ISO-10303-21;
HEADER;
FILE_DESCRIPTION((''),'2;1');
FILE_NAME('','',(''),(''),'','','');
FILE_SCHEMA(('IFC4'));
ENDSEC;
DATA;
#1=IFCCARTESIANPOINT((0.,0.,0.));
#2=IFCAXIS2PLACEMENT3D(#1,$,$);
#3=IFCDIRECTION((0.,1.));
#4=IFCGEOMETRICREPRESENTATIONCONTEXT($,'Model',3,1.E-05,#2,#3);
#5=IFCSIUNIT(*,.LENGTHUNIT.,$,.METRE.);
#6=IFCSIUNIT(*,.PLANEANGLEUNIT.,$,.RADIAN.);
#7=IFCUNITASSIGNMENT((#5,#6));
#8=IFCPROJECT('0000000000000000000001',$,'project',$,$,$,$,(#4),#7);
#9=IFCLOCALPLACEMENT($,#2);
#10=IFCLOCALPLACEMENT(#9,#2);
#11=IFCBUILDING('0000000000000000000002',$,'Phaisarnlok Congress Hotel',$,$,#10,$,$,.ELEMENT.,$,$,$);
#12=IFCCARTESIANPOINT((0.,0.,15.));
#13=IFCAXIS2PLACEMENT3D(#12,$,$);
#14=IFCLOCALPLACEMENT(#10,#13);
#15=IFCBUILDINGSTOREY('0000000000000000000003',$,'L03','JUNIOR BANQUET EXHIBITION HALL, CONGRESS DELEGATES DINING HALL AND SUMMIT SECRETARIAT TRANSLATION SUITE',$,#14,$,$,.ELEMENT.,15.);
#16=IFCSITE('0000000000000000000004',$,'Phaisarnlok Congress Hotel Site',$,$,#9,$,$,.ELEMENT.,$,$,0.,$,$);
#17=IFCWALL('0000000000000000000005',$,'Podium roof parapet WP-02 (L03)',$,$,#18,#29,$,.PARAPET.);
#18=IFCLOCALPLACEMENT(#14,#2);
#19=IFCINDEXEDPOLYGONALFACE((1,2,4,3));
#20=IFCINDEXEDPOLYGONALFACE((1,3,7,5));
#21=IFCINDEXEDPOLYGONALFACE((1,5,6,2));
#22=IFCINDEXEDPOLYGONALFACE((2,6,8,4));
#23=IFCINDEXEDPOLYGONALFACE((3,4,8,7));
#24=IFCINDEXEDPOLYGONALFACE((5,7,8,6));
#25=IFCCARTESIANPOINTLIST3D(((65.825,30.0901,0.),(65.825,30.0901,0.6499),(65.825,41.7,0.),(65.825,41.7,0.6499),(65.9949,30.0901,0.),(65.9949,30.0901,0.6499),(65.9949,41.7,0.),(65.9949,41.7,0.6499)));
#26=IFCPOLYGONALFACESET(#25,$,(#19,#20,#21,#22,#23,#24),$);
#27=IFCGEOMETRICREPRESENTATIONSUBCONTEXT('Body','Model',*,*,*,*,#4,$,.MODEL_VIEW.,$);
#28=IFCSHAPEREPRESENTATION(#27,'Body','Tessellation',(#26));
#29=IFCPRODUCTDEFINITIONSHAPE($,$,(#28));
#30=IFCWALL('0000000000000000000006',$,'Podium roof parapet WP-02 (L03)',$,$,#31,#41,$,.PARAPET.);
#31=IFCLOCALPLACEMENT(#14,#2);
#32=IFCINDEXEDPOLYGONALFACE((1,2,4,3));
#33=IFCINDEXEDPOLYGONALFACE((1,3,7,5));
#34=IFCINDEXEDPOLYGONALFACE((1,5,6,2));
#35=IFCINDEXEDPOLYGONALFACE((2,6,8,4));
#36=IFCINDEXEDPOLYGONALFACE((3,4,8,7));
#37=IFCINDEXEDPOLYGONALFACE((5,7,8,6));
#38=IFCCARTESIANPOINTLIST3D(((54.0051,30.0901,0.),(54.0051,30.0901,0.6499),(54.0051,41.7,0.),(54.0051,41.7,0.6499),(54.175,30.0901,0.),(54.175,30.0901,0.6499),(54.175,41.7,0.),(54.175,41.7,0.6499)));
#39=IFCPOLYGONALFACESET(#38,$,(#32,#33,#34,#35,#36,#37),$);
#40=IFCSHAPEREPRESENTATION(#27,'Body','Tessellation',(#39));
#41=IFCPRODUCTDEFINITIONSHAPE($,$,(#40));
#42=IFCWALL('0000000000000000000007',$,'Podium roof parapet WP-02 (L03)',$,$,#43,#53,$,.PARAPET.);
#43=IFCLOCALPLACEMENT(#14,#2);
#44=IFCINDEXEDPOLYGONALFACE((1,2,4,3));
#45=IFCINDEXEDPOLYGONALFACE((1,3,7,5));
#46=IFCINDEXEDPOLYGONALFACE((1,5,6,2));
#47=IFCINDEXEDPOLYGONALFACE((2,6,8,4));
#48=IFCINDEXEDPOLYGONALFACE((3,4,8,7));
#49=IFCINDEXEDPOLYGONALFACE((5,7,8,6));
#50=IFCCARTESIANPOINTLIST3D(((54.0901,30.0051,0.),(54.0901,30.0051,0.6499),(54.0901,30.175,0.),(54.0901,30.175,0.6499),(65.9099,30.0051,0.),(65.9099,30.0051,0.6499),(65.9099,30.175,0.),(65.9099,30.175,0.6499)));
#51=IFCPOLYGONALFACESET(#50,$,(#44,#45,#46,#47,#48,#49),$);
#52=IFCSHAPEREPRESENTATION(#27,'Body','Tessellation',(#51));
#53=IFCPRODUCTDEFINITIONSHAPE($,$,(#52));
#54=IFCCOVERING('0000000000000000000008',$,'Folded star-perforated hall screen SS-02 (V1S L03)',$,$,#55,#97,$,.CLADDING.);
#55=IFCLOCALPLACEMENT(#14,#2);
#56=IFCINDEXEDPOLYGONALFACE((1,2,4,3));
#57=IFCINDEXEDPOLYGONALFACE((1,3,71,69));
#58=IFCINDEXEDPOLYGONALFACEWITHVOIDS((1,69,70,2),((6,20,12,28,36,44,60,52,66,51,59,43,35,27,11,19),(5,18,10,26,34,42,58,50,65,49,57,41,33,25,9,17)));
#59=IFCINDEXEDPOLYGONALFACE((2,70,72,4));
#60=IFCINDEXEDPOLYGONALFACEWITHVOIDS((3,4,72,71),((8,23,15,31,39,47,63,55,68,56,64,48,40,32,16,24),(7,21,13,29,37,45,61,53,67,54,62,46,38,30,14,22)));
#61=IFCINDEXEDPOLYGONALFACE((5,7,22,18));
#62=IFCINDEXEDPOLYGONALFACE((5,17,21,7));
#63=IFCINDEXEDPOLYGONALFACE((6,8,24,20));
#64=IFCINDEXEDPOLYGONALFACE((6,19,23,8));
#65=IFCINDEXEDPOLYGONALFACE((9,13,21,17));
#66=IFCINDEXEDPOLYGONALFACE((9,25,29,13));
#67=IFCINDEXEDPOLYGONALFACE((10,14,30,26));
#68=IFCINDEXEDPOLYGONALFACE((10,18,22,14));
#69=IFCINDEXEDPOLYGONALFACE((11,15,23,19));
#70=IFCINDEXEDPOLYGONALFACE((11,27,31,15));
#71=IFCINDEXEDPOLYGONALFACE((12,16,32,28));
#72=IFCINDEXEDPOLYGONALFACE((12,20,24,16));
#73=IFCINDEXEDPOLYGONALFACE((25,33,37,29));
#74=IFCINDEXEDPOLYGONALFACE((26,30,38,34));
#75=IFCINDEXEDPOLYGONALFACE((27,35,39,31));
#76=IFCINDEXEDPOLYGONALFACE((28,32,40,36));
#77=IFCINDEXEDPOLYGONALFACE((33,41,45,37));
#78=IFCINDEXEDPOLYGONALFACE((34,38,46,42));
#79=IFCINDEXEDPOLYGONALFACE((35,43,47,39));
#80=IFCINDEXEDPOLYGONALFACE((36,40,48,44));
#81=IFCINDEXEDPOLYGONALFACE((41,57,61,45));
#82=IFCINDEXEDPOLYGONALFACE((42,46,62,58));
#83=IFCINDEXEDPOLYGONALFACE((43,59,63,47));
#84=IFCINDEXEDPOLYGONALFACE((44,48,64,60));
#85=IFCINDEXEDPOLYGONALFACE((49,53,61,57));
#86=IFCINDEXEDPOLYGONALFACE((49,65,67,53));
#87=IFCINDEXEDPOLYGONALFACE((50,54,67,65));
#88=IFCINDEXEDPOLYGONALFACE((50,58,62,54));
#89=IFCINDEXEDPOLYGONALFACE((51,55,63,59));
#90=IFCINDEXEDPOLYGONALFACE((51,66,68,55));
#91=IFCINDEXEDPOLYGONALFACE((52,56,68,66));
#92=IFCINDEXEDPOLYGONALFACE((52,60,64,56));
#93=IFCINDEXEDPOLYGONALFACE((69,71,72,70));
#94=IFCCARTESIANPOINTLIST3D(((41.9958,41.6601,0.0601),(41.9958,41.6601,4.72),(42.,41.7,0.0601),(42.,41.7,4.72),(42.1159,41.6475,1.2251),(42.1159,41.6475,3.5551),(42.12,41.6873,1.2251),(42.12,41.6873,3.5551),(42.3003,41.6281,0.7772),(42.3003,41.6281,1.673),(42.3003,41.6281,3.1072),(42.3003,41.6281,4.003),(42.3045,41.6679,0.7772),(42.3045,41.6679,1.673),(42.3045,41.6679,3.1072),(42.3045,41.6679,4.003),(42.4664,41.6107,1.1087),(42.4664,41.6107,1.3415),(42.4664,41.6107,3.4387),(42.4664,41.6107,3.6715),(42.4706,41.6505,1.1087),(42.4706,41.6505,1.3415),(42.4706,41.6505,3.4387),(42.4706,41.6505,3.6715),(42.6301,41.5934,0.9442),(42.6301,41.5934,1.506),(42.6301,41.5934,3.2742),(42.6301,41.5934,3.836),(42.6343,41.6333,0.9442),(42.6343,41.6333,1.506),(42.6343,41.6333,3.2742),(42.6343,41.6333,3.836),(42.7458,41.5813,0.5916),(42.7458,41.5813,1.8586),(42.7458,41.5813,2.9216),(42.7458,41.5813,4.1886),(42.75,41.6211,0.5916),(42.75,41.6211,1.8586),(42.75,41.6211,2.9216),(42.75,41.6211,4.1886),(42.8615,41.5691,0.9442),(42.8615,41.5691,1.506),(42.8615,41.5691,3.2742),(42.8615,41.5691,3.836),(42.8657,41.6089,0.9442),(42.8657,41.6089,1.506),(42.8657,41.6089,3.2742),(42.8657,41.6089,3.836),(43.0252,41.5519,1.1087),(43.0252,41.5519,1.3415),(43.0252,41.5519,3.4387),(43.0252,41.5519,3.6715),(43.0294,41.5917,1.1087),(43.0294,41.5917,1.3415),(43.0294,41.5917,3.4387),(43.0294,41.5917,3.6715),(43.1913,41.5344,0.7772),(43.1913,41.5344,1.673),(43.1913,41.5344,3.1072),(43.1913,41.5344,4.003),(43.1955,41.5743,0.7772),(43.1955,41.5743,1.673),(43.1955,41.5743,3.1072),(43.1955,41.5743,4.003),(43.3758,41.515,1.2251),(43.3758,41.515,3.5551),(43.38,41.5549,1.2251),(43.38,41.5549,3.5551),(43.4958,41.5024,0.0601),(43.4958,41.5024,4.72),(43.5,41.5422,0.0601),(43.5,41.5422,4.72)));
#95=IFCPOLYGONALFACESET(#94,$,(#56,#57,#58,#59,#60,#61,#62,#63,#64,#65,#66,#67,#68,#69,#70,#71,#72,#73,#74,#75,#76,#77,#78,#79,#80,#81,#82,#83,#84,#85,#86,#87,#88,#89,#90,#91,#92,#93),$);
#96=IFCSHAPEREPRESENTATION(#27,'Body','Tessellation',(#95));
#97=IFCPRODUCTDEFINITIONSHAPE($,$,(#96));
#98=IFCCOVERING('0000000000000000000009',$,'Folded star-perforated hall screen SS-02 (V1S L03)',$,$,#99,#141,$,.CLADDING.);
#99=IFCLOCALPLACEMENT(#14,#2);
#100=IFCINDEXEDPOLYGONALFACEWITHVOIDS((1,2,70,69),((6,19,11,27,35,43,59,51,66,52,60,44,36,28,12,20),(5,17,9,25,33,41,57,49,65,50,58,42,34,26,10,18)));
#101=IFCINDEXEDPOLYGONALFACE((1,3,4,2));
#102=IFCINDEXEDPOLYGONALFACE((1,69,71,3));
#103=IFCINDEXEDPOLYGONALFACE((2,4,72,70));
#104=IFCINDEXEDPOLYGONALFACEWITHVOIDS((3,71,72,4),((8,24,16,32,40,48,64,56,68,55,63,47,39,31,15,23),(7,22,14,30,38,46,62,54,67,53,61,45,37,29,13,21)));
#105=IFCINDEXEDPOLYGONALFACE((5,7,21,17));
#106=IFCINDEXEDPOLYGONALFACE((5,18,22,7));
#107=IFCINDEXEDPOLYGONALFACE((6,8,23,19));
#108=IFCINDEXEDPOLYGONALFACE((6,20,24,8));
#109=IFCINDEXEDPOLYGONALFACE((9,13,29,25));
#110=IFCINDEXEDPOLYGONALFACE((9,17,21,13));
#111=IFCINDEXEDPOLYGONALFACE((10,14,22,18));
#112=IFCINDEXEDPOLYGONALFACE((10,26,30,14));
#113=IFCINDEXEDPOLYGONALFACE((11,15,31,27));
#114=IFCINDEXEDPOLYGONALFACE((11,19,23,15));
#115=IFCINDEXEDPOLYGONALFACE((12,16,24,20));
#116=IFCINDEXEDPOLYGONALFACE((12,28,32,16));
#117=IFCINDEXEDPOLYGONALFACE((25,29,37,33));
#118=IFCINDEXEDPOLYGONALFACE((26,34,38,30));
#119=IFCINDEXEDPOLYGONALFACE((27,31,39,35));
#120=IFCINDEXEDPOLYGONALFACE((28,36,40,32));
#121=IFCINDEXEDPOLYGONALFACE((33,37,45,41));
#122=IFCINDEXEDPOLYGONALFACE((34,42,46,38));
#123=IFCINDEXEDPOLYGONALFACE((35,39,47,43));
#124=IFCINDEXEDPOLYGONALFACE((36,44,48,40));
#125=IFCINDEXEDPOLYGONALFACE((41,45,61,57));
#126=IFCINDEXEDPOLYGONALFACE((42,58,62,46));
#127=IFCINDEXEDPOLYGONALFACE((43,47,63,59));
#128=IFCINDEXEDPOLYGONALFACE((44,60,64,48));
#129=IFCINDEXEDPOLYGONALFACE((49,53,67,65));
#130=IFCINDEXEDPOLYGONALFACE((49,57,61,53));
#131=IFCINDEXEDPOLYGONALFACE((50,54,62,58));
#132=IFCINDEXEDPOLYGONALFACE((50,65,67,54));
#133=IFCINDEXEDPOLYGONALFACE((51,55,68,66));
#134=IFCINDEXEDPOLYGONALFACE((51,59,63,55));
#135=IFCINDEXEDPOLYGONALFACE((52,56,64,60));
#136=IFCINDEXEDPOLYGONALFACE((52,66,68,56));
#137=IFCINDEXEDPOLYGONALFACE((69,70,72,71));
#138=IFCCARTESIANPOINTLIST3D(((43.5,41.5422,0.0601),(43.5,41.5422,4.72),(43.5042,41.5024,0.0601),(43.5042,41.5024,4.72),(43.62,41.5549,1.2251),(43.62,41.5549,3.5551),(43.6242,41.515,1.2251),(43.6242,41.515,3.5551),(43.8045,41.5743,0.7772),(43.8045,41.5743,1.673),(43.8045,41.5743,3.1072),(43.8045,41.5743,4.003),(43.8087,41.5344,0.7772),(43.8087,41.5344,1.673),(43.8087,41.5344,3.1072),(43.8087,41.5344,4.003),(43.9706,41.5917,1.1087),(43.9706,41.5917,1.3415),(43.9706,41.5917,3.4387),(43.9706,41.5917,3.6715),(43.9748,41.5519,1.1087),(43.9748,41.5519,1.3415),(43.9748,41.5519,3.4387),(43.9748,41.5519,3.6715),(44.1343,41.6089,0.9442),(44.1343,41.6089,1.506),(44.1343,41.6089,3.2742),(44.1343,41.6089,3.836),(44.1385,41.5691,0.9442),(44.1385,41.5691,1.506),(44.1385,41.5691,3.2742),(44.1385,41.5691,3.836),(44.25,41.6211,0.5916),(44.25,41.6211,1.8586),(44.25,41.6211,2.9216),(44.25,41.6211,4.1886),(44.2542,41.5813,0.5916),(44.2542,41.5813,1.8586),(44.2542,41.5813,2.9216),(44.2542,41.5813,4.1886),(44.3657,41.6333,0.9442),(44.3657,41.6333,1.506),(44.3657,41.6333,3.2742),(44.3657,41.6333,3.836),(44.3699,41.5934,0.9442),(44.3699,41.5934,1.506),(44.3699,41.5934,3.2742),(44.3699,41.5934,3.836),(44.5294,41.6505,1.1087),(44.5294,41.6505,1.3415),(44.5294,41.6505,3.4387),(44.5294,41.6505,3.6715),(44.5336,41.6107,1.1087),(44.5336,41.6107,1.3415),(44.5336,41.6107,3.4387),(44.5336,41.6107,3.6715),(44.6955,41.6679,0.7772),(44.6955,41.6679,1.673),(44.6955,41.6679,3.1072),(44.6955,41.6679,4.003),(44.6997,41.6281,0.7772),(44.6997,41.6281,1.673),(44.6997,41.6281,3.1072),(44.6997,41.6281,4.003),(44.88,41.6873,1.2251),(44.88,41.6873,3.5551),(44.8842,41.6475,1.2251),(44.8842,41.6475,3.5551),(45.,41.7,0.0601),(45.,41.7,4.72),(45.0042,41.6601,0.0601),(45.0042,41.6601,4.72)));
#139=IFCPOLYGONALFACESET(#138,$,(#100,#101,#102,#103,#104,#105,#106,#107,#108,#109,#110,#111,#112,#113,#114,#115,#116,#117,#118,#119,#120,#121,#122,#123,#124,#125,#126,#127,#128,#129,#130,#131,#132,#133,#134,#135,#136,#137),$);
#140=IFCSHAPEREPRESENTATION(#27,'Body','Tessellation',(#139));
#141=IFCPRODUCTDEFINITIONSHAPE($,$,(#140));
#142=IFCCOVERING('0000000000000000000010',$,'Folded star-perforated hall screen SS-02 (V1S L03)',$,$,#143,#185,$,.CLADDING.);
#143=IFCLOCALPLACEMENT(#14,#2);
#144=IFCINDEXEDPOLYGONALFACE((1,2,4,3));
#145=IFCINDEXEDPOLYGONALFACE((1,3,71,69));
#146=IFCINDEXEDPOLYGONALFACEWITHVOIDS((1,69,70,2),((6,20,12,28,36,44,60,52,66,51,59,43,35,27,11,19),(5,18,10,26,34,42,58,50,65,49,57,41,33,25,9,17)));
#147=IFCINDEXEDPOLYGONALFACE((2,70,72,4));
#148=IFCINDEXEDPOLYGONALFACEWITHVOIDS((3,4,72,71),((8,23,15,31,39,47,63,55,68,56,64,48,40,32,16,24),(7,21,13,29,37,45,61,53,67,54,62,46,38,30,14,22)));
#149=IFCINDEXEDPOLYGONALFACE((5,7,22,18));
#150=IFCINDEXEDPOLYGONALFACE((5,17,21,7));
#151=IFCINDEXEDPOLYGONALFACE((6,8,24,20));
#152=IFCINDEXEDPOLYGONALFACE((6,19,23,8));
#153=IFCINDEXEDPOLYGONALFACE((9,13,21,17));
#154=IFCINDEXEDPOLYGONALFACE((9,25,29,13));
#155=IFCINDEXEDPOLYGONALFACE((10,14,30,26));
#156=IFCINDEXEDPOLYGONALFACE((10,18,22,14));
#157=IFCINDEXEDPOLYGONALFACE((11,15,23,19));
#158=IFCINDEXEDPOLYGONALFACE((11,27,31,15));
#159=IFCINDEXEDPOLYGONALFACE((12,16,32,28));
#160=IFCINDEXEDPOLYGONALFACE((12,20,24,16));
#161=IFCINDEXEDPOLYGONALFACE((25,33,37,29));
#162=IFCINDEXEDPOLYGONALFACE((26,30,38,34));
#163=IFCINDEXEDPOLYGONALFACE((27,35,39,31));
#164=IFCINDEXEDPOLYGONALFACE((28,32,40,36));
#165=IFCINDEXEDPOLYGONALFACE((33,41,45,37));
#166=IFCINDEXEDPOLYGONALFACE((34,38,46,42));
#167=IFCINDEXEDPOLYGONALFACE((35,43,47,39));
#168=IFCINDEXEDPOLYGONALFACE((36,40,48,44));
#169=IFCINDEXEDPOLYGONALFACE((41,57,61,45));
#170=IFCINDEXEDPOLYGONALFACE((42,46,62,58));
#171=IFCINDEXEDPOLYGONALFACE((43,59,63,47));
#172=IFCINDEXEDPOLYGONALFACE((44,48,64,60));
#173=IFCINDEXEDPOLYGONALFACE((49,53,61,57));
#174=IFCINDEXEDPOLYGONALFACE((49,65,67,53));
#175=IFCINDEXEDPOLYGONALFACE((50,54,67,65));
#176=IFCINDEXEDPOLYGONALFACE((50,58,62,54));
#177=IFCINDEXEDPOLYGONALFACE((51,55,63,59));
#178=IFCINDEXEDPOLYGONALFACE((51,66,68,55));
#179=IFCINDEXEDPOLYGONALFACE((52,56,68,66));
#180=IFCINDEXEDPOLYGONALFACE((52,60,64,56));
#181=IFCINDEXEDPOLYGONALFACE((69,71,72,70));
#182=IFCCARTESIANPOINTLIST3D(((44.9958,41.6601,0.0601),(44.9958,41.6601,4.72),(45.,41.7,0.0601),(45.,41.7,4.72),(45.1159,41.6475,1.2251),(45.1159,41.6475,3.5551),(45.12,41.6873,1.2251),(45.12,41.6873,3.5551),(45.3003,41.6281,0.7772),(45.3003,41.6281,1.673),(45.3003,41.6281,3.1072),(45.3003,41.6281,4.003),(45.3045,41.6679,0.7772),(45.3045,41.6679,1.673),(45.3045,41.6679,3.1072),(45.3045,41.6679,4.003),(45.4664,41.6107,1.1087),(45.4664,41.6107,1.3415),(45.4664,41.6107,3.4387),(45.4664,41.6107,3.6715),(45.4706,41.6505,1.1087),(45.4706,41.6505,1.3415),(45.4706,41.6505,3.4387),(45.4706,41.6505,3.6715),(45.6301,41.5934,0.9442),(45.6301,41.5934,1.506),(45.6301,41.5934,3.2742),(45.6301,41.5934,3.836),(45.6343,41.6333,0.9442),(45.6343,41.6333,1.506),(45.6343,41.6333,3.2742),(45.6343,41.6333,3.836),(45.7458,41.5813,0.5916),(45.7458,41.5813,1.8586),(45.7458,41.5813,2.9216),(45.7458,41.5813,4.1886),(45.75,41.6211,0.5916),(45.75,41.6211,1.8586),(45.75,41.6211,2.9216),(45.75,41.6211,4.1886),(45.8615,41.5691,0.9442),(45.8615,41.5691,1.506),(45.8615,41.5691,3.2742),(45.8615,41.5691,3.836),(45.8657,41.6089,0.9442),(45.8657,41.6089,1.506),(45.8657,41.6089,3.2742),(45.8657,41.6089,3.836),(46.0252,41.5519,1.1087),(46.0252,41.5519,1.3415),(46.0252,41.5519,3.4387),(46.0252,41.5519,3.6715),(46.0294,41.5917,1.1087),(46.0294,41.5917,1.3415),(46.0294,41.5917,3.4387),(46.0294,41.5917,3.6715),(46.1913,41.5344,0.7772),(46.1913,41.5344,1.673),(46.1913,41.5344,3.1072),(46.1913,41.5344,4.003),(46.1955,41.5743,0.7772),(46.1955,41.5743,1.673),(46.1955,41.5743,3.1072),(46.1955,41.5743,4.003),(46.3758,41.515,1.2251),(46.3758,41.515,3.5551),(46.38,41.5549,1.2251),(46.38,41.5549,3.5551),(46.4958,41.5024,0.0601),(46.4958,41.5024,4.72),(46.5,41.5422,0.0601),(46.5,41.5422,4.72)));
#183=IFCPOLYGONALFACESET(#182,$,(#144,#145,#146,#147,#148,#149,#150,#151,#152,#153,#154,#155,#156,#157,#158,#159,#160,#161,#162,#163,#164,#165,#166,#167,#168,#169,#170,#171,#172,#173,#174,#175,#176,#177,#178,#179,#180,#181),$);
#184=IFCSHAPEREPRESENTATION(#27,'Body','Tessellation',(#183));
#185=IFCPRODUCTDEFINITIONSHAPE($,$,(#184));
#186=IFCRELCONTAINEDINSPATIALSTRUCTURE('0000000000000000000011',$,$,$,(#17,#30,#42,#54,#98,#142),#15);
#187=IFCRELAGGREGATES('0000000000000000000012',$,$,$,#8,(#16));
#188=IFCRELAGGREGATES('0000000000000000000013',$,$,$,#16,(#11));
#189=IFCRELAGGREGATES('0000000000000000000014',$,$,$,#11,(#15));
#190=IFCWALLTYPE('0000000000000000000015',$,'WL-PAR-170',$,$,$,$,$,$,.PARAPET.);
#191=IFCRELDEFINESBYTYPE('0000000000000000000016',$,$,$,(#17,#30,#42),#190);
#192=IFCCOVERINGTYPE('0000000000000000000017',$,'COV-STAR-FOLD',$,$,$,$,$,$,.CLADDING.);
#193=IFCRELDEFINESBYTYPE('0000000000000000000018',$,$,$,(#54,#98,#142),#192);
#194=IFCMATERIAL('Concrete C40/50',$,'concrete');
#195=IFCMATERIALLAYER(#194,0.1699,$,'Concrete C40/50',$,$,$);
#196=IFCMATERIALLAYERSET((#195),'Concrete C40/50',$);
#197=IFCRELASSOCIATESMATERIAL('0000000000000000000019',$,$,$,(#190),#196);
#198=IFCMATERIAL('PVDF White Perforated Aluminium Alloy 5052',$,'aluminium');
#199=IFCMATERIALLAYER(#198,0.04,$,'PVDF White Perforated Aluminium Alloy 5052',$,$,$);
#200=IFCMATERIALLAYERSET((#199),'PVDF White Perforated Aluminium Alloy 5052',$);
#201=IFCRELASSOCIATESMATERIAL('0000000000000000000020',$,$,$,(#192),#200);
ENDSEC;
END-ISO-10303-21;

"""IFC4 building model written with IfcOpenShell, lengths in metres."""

from ifc_helpers import new_model, si_unit, direction, frame, frame_2d, origin, place, context, subcontext, project, spatial, polyline, rectangle, outline, extrude, material, layer, layer_set, type_object, element, save


model = new_model("IFC4")

# Units and contexts
model_context = context("Model", 3, precision=1e-05, world=origin(), true_north=direction((0.0, 1.0)))
body_context = subcontext(model_context, "Body", "Model", "MODEL_VIEW")
ifc_project = project(units=[si_unit("LENGTHUNIT", "METRE"), si_unit("PLANEANGLEUNIT", "RADIAN")], contexts=[model_context])

# Site, building, storey
site_placement = place(None, origin())
site = spatial("IfcSite", under=ifc_project, at=site_placement, Name="Phaisarnlok Congress Hotel Site", CompositionType="ELEMENT", RefElevation=0.0)
building_placement = place(site_placement, origin())
building = spatial("IfcBuilding", under=site, at=building_placement, Name="Phaisarnlok Congress Hotel", CompositionType="ELEMENT")
storey_placement = place(building_placement, frame((0.0, 0.0, 15.0)))
storey = spatial("IfcBuildingStorey", under=building, at=storey_placement, Name="L03", Description="JUNIOR BANQUET EXHIBITION HALL, CONGRESS DELEGATES DINING HALL AND SUMMIT SECRETARIAT TRANSLATION SUITE", CompositionType="ELEMENT", Elevation=15.0)

# Walls
ifc_material_1 = material(Name="Concrete C40/50", Category="concrete")
ifc_layer_1 = layer(ifc_material_1, 0.1699, Name="Concrete C40/50")
ifc_layer_set_1 = layer_set([ifc_layer_1], Name="Concrete C40/50")
wall_type = type_object("IfcWallType", Name="WL-PAR-170", PredefinedType="PARAPET", material=ifc_layer_set_1)
for number, where, z_axis, x_axis, name in (
    (1, (65.9099, 30.0901, 0.0), (0.0, 0.0, 1.0), (0.0, 1.0, 0.0), "Podium roof parapet WP-02 (L03)"),
    (2, (54.0901, 41.7, 0.0), (0.0, 0.0, 1.0), (0.0, -1.0, 0.0), "Podium roof parapet WP-02 (L03)"),
):
    element("IfcWall", number, at=place(storey_placement, frame(where, z_axis=z_axis, x_axis=x_axis)), inside=storey, type_object=wall_type, Name=name, PredefinedType="PARAPET", context=body_context, shape_type="SweptSolid", body=[
        extrude(rectangle(XDim=11.6099, YDim=0.1699, at=frame_2d((5.8049, 0.0))), origin(), (0.0, 0.0, 1.0), 0.6499),
    ])
wall_placement = place(storey_placement, frame((54.0901, 30.0901, 0.0), z_axis=(0.0, 0.0, 1.0), x_axis=(1.0, 0.0, 0.0)))
element("IfcWall", 3, at=wall_placement, inside=storey, type_object=wall_type, Name="Podium roof parapet WP-02 (L03)", PredefinedType="PARAPET", context=body_context, shape_type="SweptSolid", body=[
    extrude(rectangle(XDim=11.8198, YDim=0.1699, at=frame_2d((5.9099, 0.0))), origin(), (0.0, 0.0, 1.0), 0.6499),
])

# Coverings
ifc_material_2 = material(Name="PVDF White Perforated Aluminium Alloy 5052", Category="aluminium")
ifc_layer_2 = layer(ifc_material_2, 0.04, Name="PVDF White Perforated Aluminium Alloy 5052")
ifc_layer_set_2 = layer_set([ifc_layer_2], Name="PVDF White Perforated Aluminium Alloy 5052")
covering_type = type_object("IfcCoveringType", Name="COV-STAR-FOLD", PredefinedType="CLADDING", material=ifc_layer_set_2)
for number, where, z_axis, x_axis, name in (
    (4, (42.0, 41.7, 0.0601), (-0.104567, -0.994518, 0.0), (0.994518, -0.104567, 0.0), "Folded star-perforated hall screen SS-02 (V1S L03)"),
    (5, (43.5, 41.5422, 0.0601), (0.104567, -0.994518, 0.0), (0.994518, 0.104567, 0.0), "Folded star-perforated hall screen SS-02 (V1S L03)"),
    (6, (45.0, 41.7, 0.0601), (-0.104567, -0.994518, 0.0), (0.994518, -0.104567, 0.0), "Folded star-perforated hall screen SS-02 (V1S L03)"),
):
    element("IfcCovering", number, at=place(storey_placement, frame(where, z_axis=z_axis, x_axis=x_axis)), inside=storey, type_object=covering_type, Name=name, PredefinedType="CLADDING", context=body_context, shape_type="SweptSolid", body=[
        extrude(outline(polyline([(0.0, 0.0), (1.5083, 0.0), (1.5083, 4.6599), (0.0, 4.6599), (0.0, 0.0)]), holes=[polyline([(1.0351, 1.0486), (1.2021, 0.7171), (0.8705, 0.8841), (0.7541, 0.5315), (0.6378, 0.8841), (0.3062, 0.7171), (0.4732, 1.0486), (0.1207, 1.165), (0.4732, 1.2814), (0.3062, 1.6129), (0.6378, 1.4459), (0.7541, 1.7985), (0.8705, 1.4459), (1.2021, 1.6129), (1.0351, 1.2814), (1.3876, 1.165), (1.0351, 1.0486)]), polyline([(1.0351, 3.3786), (1.2021, 3.0471), (0.8705, 3.2141), (0.7541, 2.8615), (0.6378, 3.2141), (0.3062, 3.0471), (0.4732, 3.3786), (0.1207, 3.495), (0.4732, 3.6114), (0.3062, 3.9429), (0.6378, 3.7759), (0.7541, 4.1285), (0.8705, 3.7759), (1.2021, 3.9429), (1.0351, 3.6114), (1.3876, 3.495), (1.0351, 3.3786)])]), origin(), (0.0, 0.0, 1.0), 0.04),
    ])

save(model, "model.ifc")
